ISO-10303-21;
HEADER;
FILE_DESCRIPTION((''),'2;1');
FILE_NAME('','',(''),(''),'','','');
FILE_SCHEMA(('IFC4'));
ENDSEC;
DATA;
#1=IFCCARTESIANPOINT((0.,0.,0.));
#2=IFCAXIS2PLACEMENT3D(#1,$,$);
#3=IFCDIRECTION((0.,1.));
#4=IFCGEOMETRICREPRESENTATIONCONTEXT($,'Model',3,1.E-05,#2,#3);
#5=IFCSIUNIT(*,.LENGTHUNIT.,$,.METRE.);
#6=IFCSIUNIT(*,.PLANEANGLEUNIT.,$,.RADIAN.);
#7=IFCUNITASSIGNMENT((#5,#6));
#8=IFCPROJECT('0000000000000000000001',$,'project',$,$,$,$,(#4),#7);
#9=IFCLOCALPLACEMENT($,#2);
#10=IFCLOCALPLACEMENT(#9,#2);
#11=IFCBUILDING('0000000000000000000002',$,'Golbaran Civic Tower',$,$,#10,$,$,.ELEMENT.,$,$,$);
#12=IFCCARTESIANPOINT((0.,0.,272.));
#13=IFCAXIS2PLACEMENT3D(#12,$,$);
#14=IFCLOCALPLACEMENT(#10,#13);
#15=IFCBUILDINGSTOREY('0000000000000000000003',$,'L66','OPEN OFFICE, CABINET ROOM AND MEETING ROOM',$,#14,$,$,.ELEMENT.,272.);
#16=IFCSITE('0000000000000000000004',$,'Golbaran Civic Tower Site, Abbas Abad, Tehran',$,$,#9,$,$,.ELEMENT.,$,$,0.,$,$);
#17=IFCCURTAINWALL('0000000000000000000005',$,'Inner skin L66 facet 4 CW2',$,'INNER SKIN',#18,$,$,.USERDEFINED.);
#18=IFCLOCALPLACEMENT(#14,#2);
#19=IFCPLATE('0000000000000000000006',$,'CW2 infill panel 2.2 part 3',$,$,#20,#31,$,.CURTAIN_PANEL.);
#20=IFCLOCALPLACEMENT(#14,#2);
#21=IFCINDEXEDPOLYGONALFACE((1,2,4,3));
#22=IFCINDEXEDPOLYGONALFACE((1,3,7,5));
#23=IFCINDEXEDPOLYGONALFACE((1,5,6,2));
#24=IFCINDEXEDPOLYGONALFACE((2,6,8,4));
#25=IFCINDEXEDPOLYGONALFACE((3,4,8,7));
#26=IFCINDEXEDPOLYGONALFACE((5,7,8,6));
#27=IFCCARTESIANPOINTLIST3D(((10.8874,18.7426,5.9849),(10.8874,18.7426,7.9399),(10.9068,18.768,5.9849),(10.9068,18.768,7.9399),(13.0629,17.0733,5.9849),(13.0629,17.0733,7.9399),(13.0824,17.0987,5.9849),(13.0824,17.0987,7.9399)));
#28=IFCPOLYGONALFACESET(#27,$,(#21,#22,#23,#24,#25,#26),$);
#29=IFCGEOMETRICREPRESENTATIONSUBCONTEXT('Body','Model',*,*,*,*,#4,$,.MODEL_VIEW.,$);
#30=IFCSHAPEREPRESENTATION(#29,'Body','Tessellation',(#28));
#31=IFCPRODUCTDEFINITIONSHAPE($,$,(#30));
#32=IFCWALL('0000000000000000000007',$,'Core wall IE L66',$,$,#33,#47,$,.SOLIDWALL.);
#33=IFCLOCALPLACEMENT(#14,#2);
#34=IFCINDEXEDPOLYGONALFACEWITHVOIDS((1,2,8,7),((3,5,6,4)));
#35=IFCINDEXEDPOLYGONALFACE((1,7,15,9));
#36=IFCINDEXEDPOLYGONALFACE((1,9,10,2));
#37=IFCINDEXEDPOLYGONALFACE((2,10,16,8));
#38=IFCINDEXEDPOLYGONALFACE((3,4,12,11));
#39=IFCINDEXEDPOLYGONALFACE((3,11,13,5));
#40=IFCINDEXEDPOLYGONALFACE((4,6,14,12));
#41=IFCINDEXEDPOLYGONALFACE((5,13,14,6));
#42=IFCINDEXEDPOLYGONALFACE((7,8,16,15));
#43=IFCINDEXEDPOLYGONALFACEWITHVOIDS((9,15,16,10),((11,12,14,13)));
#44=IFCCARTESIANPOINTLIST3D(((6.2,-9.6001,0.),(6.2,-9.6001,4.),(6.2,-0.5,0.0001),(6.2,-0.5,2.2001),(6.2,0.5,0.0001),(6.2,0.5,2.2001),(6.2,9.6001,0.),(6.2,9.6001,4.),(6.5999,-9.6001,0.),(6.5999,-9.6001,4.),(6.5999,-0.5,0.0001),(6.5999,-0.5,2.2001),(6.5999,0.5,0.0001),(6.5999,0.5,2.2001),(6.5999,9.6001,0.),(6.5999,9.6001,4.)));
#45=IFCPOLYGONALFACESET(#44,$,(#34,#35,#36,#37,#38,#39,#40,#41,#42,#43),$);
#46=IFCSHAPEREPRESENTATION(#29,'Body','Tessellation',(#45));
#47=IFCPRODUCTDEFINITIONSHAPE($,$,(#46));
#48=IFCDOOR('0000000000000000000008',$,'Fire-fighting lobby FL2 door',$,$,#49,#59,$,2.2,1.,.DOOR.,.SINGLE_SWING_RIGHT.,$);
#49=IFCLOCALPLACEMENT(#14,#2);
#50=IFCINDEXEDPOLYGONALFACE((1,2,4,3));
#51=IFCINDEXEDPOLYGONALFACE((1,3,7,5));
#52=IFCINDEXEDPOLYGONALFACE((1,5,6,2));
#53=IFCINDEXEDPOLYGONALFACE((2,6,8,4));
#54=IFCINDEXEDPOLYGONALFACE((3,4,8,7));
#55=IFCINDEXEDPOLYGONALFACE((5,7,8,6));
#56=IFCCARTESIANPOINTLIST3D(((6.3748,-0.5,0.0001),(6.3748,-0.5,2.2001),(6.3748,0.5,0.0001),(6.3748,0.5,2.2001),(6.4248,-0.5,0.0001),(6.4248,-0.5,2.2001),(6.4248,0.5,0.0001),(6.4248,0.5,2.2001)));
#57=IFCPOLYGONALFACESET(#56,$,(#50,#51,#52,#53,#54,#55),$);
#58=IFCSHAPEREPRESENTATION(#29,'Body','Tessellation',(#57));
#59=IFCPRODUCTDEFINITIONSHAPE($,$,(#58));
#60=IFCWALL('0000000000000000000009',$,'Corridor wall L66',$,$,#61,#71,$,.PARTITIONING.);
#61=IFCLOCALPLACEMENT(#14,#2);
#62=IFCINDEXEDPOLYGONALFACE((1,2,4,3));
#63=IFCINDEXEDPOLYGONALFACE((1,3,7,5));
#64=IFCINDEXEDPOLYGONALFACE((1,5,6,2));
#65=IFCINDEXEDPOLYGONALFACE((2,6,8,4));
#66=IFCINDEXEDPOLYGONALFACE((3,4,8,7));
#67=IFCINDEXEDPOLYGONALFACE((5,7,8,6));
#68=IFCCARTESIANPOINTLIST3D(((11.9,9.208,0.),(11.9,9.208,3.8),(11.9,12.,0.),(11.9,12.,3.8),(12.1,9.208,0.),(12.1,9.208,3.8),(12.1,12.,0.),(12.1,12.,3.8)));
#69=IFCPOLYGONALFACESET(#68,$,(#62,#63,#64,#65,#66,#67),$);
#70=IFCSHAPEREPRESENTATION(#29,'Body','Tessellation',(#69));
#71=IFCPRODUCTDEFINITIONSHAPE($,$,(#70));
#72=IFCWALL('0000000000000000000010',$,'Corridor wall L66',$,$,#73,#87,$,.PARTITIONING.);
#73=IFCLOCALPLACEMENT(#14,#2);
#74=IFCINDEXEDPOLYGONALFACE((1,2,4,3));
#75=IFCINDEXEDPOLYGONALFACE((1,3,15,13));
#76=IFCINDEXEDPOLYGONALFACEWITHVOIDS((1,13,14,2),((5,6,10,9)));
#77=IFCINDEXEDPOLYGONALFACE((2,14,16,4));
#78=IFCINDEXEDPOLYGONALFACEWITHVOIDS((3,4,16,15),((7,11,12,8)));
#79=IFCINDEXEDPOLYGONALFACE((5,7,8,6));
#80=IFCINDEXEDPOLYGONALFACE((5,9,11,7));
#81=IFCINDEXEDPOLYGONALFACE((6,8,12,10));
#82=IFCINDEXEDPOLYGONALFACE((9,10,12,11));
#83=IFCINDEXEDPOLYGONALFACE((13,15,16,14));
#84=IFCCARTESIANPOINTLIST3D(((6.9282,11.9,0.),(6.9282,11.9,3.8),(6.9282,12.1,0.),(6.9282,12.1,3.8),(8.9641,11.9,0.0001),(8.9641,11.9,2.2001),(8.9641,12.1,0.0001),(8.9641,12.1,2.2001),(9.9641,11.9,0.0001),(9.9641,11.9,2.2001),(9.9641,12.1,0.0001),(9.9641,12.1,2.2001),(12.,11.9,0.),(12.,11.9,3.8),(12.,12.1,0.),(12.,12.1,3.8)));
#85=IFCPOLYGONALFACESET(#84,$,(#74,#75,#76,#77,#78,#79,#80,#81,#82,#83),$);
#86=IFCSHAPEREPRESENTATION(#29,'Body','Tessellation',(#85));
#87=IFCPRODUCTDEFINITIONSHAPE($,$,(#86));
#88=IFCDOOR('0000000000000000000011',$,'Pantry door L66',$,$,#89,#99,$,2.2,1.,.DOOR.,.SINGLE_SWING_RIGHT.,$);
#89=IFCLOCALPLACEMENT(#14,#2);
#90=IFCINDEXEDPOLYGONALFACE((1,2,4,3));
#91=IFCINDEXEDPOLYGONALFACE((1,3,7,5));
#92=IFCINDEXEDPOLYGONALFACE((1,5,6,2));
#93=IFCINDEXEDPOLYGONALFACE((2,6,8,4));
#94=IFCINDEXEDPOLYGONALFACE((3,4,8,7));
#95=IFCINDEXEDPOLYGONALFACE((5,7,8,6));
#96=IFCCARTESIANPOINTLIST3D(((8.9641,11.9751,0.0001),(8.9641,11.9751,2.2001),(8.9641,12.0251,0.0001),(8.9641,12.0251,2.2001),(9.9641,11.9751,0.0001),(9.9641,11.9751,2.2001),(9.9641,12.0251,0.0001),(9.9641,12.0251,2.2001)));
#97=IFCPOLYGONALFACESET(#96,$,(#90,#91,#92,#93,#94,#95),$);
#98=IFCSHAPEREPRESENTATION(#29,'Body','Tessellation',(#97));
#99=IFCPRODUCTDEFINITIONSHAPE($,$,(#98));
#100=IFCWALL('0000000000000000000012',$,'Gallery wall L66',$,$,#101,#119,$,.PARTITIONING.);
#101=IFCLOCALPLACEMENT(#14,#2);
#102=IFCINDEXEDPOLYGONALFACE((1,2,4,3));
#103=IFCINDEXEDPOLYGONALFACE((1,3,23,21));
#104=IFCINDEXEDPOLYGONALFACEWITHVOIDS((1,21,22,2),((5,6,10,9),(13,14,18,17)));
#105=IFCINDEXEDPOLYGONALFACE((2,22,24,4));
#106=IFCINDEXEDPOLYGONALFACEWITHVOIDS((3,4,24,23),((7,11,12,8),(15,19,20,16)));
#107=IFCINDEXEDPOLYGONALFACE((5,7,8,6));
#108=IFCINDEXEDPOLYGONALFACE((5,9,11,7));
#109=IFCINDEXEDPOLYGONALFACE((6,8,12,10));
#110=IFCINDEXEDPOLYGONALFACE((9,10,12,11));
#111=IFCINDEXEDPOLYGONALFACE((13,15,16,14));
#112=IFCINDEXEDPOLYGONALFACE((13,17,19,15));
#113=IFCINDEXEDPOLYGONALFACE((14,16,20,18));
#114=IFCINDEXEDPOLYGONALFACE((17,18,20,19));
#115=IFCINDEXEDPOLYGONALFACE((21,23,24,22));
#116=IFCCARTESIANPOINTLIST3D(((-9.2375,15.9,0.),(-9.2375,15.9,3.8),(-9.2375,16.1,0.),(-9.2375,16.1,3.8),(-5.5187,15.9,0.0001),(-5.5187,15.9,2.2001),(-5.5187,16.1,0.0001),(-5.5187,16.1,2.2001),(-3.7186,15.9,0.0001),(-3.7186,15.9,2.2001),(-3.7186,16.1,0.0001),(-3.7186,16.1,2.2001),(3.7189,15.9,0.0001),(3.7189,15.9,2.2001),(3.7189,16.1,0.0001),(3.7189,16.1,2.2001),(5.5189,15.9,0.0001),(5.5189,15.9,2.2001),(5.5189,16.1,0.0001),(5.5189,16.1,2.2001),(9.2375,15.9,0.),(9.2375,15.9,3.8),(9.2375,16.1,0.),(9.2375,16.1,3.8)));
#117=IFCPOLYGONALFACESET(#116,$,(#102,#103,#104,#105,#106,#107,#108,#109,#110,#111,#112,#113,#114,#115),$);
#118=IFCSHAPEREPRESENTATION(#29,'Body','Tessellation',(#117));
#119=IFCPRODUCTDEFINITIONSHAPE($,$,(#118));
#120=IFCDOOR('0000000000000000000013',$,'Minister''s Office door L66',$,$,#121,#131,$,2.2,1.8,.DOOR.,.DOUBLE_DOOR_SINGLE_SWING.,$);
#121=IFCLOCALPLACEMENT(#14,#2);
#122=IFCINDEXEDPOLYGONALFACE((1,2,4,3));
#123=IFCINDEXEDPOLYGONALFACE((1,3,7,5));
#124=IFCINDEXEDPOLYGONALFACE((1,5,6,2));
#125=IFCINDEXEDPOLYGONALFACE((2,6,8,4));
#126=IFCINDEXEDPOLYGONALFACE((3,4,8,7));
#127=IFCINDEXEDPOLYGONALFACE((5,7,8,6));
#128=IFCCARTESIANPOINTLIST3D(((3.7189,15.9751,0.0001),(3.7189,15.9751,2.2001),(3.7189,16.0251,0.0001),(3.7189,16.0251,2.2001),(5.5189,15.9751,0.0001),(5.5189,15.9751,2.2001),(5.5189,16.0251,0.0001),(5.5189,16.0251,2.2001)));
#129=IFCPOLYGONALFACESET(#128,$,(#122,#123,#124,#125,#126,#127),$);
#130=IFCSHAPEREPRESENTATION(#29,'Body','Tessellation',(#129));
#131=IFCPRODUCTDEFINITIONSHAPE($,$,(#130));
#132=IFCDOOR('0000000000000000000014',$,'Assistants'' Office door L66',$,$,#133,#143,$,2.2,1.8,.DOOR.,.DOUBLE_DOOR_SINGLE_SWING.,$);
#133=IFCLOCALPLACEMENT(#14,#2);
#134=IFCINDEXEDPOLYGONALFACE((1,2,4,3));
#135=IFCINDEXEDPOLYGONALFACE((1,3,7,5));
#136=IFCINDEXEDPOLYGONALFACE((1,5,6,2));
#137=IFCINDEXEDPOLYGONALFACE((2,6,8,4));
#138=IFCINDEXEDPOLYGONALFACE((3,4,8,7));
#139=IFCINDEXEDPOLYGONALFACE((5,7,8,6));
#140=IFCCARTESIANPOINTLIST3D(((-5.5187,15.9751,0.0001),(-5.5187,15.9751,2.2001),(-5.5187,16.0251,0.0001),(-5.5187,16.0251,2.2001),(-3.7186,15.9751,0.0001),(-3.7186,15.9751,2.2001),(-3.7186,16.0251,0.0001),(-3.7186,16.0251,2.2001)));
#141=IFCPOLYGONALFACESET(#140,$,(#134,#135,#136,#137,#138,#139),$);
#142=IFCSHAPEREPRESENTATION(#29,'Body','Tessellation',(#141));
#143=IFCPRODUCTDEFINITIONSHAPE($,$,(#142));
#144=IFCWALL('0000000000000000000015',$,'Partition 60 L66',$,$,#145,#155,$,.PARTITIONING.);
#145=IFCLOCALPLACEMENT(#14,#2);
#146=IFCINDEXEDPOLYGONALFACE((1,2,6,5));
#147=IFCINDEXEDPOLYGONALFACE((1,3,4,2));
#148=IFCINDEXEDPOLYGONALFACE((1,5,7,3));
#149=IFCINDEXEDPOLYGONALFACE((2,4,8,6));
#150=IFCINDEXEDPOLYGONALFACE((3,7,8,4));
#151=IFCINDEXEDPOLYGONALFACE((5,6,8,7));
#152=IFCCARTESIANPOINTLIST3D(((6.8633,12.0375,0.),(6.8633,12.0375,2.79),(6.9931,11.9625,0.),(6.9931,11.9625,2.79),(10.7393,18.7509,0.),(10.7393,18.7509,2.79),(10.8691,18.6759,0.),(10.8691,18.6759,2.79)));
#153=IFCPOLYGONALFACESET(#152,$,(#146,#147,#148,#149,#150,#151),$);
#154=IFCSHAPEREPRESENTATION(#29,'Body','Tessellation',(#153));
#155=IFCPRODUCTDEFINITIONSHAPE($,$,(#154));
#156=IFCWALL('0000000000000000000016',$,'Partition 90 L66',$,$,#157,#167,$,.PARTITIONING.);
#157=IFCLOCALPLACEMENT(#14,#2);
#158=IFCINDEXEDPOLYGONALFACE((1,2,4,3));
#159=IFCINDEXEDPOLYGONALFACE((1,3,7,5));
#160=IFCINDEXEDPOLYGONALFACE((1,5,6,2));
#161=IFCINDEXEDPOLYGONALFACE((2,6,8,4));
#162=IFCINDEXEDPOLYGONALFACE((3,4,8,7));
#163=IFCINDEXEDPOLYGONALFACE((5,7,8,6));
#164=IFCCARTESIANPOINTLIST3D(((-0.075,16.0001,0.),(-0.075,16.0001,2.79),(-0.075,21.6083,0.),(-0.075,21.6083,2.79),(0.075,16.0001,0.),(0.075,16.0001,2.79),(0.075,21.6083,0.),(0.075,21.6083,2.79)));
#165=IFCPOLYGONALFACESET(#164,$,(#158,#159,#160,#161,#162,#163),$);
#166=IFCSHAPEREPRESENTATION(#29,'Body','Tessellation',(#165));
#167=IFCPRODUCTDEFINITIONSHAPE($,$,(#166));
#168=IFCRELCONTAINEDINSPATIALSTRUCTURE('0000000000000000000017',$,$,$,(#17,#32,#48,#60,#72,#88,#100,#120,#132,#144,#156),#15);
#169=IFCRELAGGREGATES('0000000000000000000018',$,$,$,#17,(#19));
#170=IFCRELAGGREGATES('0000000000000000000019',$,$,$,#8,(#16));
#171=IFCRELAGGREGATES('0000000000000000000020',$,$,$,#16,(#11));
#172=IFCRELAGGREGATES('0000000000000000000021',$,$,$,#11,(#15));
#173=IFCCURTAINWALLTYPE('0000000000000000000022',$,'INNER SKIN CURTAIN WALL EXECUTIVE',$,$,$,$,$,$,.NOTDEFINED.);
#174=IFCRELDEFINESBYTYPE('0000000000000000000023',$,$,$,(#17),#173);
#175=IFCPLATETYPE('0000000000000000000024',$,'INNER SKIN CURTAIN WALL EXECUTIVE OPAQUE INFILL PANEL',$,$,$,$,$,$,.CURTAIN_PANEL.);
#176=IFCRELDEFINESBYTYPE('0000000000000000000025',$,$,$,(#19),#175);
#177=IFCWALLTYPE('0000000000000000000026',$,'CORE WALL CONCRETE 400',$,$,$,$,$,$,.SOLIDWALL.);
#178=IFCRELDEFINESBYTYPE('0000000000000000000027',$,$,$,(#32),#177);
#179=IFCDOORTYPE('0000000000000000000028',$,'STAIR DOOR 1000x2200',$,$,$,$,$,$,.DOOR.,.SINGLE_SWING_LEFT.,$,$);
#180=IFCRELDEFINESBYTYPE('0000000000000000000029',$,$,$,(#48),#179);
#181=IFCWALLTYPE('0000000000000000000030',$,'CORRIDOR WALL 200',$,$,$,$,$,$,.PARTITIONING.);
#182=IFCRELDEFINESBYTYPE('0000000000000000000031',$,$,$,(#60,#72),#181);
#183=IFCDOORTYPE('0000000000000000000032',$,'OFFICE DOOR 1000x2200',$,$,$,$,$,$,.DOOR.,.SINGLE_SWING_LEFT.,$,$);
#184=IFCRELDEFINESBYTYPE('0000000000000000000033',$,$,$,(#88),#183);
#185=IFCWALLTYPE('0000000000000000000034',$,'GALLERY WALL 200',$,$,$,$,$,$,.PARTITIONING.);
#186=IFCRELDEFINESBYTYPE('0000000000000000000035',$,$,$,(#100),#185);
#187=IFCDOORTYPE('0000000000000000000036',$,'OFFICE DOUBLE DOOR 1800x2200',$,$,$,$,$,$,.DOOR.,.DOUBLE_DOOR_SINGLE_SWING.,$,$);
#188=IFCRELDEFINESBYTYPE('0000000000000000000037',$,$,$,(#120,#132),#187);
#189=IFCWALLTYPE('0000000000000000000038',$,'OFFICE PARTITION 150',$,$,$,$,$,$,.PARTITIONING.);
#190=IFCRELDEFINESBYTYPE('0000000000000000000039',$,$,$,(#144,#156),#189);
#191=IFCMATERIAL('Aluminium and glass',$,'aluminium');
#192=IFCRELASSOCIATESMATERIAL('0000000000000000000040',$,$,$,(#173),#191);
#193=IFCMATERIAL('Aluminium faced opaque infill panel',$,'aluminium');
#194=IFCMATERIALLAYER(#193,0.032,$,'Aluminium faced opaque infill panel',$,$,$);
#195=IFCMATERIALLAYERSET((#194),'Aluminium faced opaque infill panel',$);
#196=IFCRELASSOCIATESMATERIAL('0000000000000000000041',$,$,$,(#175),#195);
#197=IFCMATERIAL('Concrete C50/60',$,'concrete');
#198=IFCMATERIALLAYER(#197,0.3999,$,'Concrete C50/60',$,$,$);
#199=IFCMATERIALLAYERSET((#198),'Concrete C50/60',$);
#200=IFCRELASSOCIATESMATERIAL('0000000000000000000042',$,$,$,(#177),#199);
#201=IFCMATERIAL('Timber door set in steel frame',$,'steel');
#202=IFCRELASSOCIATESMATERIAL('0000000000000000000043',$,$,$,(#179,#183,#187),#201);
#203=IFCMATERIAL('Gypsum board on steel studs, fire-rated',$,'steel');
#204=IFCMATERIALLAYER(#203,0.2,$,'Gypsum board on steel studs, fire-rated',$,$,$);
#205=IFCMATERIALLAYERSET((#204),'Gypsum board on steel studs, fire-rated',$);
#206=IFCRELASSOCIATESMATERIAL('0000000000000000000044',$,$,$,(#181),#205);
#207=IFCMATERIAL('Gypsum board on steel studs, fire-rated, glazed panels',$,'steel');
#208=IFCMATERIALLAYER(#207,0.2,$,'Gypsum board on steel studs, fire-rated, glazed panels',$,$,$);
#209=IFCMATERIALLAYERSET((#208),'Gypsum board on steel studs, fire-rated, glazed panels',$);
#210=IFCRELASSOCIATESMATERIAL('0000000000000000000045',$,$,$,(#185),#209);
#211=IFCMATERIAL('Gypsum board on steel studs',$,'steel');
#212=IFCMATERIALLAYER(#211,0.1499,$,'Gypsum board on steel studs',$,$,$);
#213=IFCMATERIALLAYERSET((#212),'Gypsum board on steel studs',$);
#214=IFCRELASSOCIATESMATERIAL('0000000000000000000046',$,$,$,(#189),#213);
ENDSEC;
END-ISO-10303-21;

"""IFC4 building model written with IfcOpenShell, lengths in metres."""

from ifc_helpers import new_model, si_unit, direction, frame, frame_2d, origin, origin_2d, place, context, subcontext, project, spatial, rectangle, extrude, material, layer, layer_set, type_object, element, fill, aggregate, save


model = new_model("IFC4")

# Units and contexts
model_context = context("Model", 3, precision=1e-05, world=origin(), true_north=direction((0.0, 1.0)))
body_context = subcontext(model_context, "Body", "Model", "MODEL_VIEW")
ifc_project = project(units=[si_unit("LENGTHUNIT", "METRE"), si_unit("PLANEANGLEUNIT", "RADIAN")], contexts=[model_context])

# Site, building, storey
site_placement = place(None, origin())
site = spatial("IfcSite", under=ifc_project, at=site_placement, Name="Golbaran Civic Tower Site, Abbas Abad, Tehran", CompositionType="ELEMENT", RefElevation=0.0)
building_placement = place(site_placement, origin())
building = spatial("IfcBuilding", under=site, at=building_placement, Name="Golbaran Civic Tower", CompositionType="ELEMENT")
storey_placement = place(building_placement, frame((0.0, 0.0, 272.0)))
storey = spatial("IfcBuildingStorey", under=building, at=storey_placement, Name="L66", Description="OPEN OFFICE, CABINET ROOM AND MEETING ROOM", CompositionType="ELEMENT", Elevation=272.0)

# Curtain wall
ifc_material_1 = material(Name="Aluminium and glass", Category="aluminium")
curtain_wall_type = type_object("IfcCurtainWallType", Name="INNER SKIN CURTAIN WALL EXECUTIVE", PredefinedType="NOTDEFINED", material=ifc_material_1)
curtain_wall_1_placement = place(storey_placement, origin())
curtain_wall_1 = element("IfcCurtainWall", 1, at=curtain_wall_1_placement, inside=storey, type_object=curtain_wall_type, Name="Inner skin L66 facet 4 CW2", ObjectType="INNER SKIN", PredefinedType="USERDEFINED")

# Plate
ifc_material_2 = material(Name="Aluminium faced opaque infill panel", Category="aluminium")
ifc_layer_1 = layer(ifc_material_2, 0.032, Name="Aluminium faced opaque infill panel")
ifc_layer_set_1 = layer_set([ifc_layer_1], Name="Aluminium faced opaque infill panel")
plate_type_1 = type_object("IfcPlateType", Name="INNER SKIN CURTAIN WALL EXECUTIVE OPAQUE INFILL PANEL", PredefinedType="CURTAIN_PANEL", material=ifc_layer_set_1)
plate_1_placement = place(storey_placement, frame((11.9849, 17.9207, 5.9849), z_axis=(0.0, 0.0, 1.0), x_axis=(-0.793353, 0.608761, 0.0)))
plate_1 = element("IfcPlate", 2, at=plate_1_placement, type_object=plate_type_1, Name="CW2 infill panel 2.2 part 3", PredefinedType="CURTAIN_PANEL", context=body_context, shape_type="SweptSolid", body=[
    extrude(rectangle(XDim=2.7422, YDim=0.032, at=origin_2d()), origin(), (0.0, 0.0, 1.0), 1.9551),
])
aggregate(curtain_wall_1, [plate_1])

# Wall, opening, door
ifc_material_3 = material(Name="Concrete C50/60", Category="concrete")
ifc_layer_2 = layer(ifc_material_3, 0.3999, Name="Concrete C50/60")
ifc_layer_set_2 = layer_set([ifc_layer_2], Name="Concrete C50/60")
wall_type_1 = type_object("IfcWallType", Name="CORE WALL CONCRETE 400", PredefinedType="SOLIDWALL", material=ifc_layer_set_2)
wall_1_placement = place(storey_placement, frame((6.3999, 9.6001, 0.0), z_axis=(0.0, 0.0, 1.0), x_axis=(0.0, -1.0, 0.0)))
wall_1 = element("IfcWall", 3, at=wall_1_placement, inside=storey, type_object=wall_type_1, Name="Core wall IE L66", PredefinedType="SOLIDWALL", context=body_context, shape_type="SweptSolid", body=[
    extrude(rectangle(XDim=19.2002, YDim=0.3999, at=frame_2d((9.6001, 0.0))), origin(), (0.0, 0.0, 1.0), 4.0),
])
opening_1_placement = place(wall_1_placement, frame((9.1001, 0.0, 0.0)))
opening_1 = element("IfcOpeningElement", 4, at=opening_1_placement, cuts=wall_1, PredefinedType="OPENING", context=body_context, shape_type="SweptSolid", body=[
    extrude(rectangle(XDim=1.0, YDim=2.2, at=frame_2d((0.5, 1.1001))), frame((0.0, 0.21, 0.0), z_axis=(0.0, -1.0, 0.0), x_axis=(1.0, 0.0, 0.0)), (0.0, 0.0, 1.0), 0.4199),
])
ifc_material_4 = material(Name="Timber door set in steel frame", Category="steel")
door_type_1 = type_object("IfcDoorType", Name="STAIR DOOR 1000x2200", OperationType="SINGLE_SWING_LEFT", PredefinedType="DOOR", material=ifc_material_4)
door_1_placement = place(opening_1_placement, origin())
door_1 = element("IfcDoor", 5, at=door_1_placement, inside=storey, type_object=door_type_1, Name="Fire-fighting lobby FL2 door", OperationType="SINGLE_SWING_RIGHT", OverallHeight=2.2, OverallWidth=1.0, PredefinedType="DOOR", context=body_context, shape_type="SweptSolid", body=[
    extrude(rectangle(XDim=1.0, YDim=2.2, at=frame_2d((0.5, 1.1001))), frame((0.0, 0.0249, 0.0), z_axis=(0.0, -1.0, 0.0), x_axis=(1.0, 0.0, 0.0)), (0.0, 0.0, 1.0), 0.05),
])
fill(opening_1, door_1)

# Wall
ifc_material_5 = material(Name="Gypsum board on steel studs, fire-rated", Category="steel")
ifc_layer_3 = layer(ifc_material_5, 0.2, Name="Gypsum board on steel studs, fire-rated")
ifc_layer_set_3 = layer_set([ifc_layer_3], Name="Gypsum board on steel studs, fire-rated")
wall_type_2 = type_object("IfcWallType", Name="CORRIDOR WALL 200", PredefinedType="PARTITIONING", material=ifc_layer_set_3)
wall_2_placement = place(storey_placement, frame((12.0, 9.208, 0.0), z_axis=(0.0, 0.0, 1.0), x_axis=(0.0, 1.0, 0.0)))
element("IfcWall", 6, at=wall_2_placement, inside=storey, type_object=wall_type_2, Name="Corridor wall L66", PredefinedType="PARTITIONING", context=body_context, shape_type="SweptSolid", body=[
    extrude(rectangle(XDim=2.792, YDim=0.2, at=frame_2d((1.396, 0.0))), origin(), (0.0, 0.0, 1.0), 3.8),
])

# Wall, opening, door
wall_3_placement = place(storey_placement, frame((12.0, 12.0, 0.0), z_axis=(0.0, 0.0, 1.0), x_axis=(-1.0, 0.0, 0.0)))
wall_3 = element("IfcWall", 7, at=wall_3_placement, inside=storey, type_object=wall_type_2, Name="Corridor wall L66", PredefinedType="PARTITIONING", context=body_context, shape_type="SweptSolid", body=[
    extrude(rectangle(XDim=5.0718, YDim=0.2, at=frame_2d((2.5359, 0.0))), origin(), (0.0, 0.0, 1.0), 3.8),
])
opening_2_placement = place(wall_3_placement, frame((2.0359, 0.0, 0.0)))
opening_2 = element("IfcOpeningElement", 8, at=opening_2_placement, cuts=wall_3, PredefinedType="OPENING", context=body_context, shape_type="SweptSolid", body=[
    extrude(rectangle(XDim=1.0, YDim=2.2, at=frame_2d((0.5, 1.1001))), frame((0.0, 0.1099, 0.0), z_axis=(0.0, -1.0, 0.0), x_axis=(1.0, 0.0, 0.0)), (0.0, 0.0, 1.0), 0.22),
])
door_type_2 = type_object("IfcDoorType", Name="OFFICE DOOR 1000x2200", OperationType="SINGLE_SWING_LEFT", PredefinedType="DOOR", material=ifc_material_4)
door_2_placement = place(opening_2_placement, origin())
door_2 = element("IfcDoor", 9, at=door_2_placement, inside=storey, type_object=door_type_2, Name="Pantry door L66", OperationType="SINGLE_SWING_RIGHT", OverallHeight=2.2, OverallWidth=1.0, PredefinedType="DOOR", context=body_context, shape_type="SweptSolid", body=[
    extrude(rectangle(XDim=1.0, YDim=2.2, at=frame_2d((0.5, 1.1001))), frame((0.0, 0.0249, 0.0), z_axis=(0.0, -1.0, 0.0), x_axis=(1.0, 0.0, 0.0)), (0.0, 0.0, 1.0), 0.05),
])
fill(opening_2, door_2)

# Wall, openings, doors
ifc_material_6 = material(Name="Gypsum board on steel studs, fire-rated, glazed panels", Category="steel")
ifc_layer_4 = layer(ifc_material_6, 0.2, Name="Gypsum board on steel studs, fire-rated, glazed panels")
ifc_layer_set_4 = layer_set([ifc_layer_4], Name="Gypsum board on steel studs, fire-rated, glazed panels")
wall_type_3 = type_object("IfcWallType", Name="GALLERY WALL 200", PredefinedType="PARTITIONING", material=ifc_layer_set_4)
wall_4_placement = place(storey_placement, frame((9.2375, 16.0, 0.0), z_axis=(0.0, 0.0, 1.0), x_axis=(-1.0, 0.0, 0.0)))
wall_4 = element("IfcWall", 10, at=wall_4_placement, inside=storey, type_object=wall_type_3, Name="Gallery wall L66", PredefinedType="PARTITIONING", context=body_context, shape_type="SweptSolid", body=[
    extrude(rectangle(XDim=18.4751, YDim=0.2, at=frame_2d((9.2375, 0.0))), origin(), (0.0, 0.0, 1.0), 3.8),
])
opening_3_placement = place(wall_4_placement, frame((3.7188, 0.0, 0.0)))
opening_3 = element("IfcOpeningElement", 11, at=opening_3_placement, cuts=wall_4, PredefinedType="OPENING", context=body_context, shape_type="SweptSolid", body=[
    extrude(rectangle(XDim=1.8, YDim=2.2, at=frame_2d((0.8999, 1.1001))), frame((0.0, 0.1099, 0.0), z_axis=(0.0, -1.0, 0.0), x_axis=(1.0, 0.0, 0.0)), (0.0, 0.0, 1.0), 0.22),
])
opening_4_placement = place(wall_4_placement, frame((12.9563, 0.0, 0.0)))
opening_4 = element("IfcOpeningElement", 12, at=opening_4_placement, cuts=wall_4, PredefinedType="OPENING", context=body_context, shape_type="SweptSolid", body=[
    extrude(rectangle(XDim=1.8, YDim=2.2, at=frame_2d((0.8999, 1.1001))), frame((0.0, 0.1099, 0.0), z_axis=(0.0, -1.0, 0.0), x_axis=(1.0, 0.0, 0.0)), (0.0, 0.0, 1.0), 0.22),
])
door_type_3 = type_object("IfcDoorType", Name="OFFICE DOUBLE DOOR 1800x2200", OperationType="DOUBLE_DOOR_SINGLE_SWING", PredefinedType="DOOR", material=ifc_material_4)
door_3_placement = place(opening_3_placement, origin())
door_3 = element("IfcDoor", 13, at=door_3_placement, inside=storey, type_object=door_type_3, Name="Minister's Office door L66", OperationType="DOUBLE_DOOR_SINGLE_SWING", OverallHeight=2.2, OverallWidth=1.8, PredefinedType="DOOR", context=body_context, shape_type="SweptSolid", body=[
    extrude(rectangle(XDim=1.8, YDim=2.2, at=frame_2d((0.8999, 1.1001))), frame((0.0, 0.0249, 0.0), z_axis=(0.0, -1.0, 0.0), x_axis=(1.0, 0.0, 0.0)), (0.0, 0.0, 1.0), 0.05),
])
fill(opening_3, door_3)
door_4_placement = place(opening_4_placement, origin())
door_4 = element("IfcDoor", 14, at=door_4_placement, inside=storey, type_object=door_type_3, Name="Assistants' Office door L66", OperationType="DOUBLE_DOOR_SINGLE_SWING", OverallHeight=2.2, OverallWidth=1.8, PredefinedType="DOOR", context=body_context, shape_type="SweptSolid", body=[
    extrude(rectangle(XDim=1.8, YDim=2.2, at=frame_2d((0.8999, 1.1001))), frame((0.0, 0.0249, 0.0), z_axis=(0.0, -1.0, 0.0), x_axis=(1.0, 0.0, 0.0)), (0.0, 0.0, 1.0), 0.05),
])
fill(opening_4, door_4)

# Walls
ifc_material_7 = material(Name="Gypsum board on steel studs", Category="steel")
ifc_layer_5 = layer(ifc_material_7, 0.1499, Name="Gypsum board on steel studs")
ifc_layer_set_5 = layer_set([ifc_layer_5], Name="Gypsum board on steel studs")
wall_type_4 = type_object("IfcWallType", Name="OFFICE PARTITION 150", PredefinedType="PARTITIONING", material=ifc_layer_set_5)
wall_5_placement = place(storey_placement, frame((6.9282, 12.0, 0.0), z_axis=(0.0, 0.0, 1.0), x_axis=(0.500001, 0.866025, 0.0)))
element("IfcWall", 15, at=wall_5_placement, inside=storey, type_object=wall_type_4, Name="Partition 60 L66", PredefinedType="PARTITIONING", context=body_context, shape_type="SweptSolid", body=[
    extrude(rectangle(XDim=7.752, YDim=0.1499, at=frame_2d((3.876, 0.0))), origin(), (0.0, 0.0, 1.0), 2.79),
])
wall_6_placement = place(storey_placement, frame((0.0, 16.0, 0.0), z_axis=(0.0, 0.0, 1.0), x_axis=(0.0, 1.0, 0.0)))
element("IfcWall", 16, at=wall_6_placement, inside=storey, type_object=wall_type_4, Name="Partition 90 L66", PredefinedType="PARTITIONING", context=body_context, shape_type="SweptSolid", body=[
    extrude(rectangle(XDim=5.6082, YDim=0.1499, at=frame_2d((2.8042, 0.0))), origin(), (0.0, 0.0, 1.0), 2.79),
])

save(model, "model.ifc")
